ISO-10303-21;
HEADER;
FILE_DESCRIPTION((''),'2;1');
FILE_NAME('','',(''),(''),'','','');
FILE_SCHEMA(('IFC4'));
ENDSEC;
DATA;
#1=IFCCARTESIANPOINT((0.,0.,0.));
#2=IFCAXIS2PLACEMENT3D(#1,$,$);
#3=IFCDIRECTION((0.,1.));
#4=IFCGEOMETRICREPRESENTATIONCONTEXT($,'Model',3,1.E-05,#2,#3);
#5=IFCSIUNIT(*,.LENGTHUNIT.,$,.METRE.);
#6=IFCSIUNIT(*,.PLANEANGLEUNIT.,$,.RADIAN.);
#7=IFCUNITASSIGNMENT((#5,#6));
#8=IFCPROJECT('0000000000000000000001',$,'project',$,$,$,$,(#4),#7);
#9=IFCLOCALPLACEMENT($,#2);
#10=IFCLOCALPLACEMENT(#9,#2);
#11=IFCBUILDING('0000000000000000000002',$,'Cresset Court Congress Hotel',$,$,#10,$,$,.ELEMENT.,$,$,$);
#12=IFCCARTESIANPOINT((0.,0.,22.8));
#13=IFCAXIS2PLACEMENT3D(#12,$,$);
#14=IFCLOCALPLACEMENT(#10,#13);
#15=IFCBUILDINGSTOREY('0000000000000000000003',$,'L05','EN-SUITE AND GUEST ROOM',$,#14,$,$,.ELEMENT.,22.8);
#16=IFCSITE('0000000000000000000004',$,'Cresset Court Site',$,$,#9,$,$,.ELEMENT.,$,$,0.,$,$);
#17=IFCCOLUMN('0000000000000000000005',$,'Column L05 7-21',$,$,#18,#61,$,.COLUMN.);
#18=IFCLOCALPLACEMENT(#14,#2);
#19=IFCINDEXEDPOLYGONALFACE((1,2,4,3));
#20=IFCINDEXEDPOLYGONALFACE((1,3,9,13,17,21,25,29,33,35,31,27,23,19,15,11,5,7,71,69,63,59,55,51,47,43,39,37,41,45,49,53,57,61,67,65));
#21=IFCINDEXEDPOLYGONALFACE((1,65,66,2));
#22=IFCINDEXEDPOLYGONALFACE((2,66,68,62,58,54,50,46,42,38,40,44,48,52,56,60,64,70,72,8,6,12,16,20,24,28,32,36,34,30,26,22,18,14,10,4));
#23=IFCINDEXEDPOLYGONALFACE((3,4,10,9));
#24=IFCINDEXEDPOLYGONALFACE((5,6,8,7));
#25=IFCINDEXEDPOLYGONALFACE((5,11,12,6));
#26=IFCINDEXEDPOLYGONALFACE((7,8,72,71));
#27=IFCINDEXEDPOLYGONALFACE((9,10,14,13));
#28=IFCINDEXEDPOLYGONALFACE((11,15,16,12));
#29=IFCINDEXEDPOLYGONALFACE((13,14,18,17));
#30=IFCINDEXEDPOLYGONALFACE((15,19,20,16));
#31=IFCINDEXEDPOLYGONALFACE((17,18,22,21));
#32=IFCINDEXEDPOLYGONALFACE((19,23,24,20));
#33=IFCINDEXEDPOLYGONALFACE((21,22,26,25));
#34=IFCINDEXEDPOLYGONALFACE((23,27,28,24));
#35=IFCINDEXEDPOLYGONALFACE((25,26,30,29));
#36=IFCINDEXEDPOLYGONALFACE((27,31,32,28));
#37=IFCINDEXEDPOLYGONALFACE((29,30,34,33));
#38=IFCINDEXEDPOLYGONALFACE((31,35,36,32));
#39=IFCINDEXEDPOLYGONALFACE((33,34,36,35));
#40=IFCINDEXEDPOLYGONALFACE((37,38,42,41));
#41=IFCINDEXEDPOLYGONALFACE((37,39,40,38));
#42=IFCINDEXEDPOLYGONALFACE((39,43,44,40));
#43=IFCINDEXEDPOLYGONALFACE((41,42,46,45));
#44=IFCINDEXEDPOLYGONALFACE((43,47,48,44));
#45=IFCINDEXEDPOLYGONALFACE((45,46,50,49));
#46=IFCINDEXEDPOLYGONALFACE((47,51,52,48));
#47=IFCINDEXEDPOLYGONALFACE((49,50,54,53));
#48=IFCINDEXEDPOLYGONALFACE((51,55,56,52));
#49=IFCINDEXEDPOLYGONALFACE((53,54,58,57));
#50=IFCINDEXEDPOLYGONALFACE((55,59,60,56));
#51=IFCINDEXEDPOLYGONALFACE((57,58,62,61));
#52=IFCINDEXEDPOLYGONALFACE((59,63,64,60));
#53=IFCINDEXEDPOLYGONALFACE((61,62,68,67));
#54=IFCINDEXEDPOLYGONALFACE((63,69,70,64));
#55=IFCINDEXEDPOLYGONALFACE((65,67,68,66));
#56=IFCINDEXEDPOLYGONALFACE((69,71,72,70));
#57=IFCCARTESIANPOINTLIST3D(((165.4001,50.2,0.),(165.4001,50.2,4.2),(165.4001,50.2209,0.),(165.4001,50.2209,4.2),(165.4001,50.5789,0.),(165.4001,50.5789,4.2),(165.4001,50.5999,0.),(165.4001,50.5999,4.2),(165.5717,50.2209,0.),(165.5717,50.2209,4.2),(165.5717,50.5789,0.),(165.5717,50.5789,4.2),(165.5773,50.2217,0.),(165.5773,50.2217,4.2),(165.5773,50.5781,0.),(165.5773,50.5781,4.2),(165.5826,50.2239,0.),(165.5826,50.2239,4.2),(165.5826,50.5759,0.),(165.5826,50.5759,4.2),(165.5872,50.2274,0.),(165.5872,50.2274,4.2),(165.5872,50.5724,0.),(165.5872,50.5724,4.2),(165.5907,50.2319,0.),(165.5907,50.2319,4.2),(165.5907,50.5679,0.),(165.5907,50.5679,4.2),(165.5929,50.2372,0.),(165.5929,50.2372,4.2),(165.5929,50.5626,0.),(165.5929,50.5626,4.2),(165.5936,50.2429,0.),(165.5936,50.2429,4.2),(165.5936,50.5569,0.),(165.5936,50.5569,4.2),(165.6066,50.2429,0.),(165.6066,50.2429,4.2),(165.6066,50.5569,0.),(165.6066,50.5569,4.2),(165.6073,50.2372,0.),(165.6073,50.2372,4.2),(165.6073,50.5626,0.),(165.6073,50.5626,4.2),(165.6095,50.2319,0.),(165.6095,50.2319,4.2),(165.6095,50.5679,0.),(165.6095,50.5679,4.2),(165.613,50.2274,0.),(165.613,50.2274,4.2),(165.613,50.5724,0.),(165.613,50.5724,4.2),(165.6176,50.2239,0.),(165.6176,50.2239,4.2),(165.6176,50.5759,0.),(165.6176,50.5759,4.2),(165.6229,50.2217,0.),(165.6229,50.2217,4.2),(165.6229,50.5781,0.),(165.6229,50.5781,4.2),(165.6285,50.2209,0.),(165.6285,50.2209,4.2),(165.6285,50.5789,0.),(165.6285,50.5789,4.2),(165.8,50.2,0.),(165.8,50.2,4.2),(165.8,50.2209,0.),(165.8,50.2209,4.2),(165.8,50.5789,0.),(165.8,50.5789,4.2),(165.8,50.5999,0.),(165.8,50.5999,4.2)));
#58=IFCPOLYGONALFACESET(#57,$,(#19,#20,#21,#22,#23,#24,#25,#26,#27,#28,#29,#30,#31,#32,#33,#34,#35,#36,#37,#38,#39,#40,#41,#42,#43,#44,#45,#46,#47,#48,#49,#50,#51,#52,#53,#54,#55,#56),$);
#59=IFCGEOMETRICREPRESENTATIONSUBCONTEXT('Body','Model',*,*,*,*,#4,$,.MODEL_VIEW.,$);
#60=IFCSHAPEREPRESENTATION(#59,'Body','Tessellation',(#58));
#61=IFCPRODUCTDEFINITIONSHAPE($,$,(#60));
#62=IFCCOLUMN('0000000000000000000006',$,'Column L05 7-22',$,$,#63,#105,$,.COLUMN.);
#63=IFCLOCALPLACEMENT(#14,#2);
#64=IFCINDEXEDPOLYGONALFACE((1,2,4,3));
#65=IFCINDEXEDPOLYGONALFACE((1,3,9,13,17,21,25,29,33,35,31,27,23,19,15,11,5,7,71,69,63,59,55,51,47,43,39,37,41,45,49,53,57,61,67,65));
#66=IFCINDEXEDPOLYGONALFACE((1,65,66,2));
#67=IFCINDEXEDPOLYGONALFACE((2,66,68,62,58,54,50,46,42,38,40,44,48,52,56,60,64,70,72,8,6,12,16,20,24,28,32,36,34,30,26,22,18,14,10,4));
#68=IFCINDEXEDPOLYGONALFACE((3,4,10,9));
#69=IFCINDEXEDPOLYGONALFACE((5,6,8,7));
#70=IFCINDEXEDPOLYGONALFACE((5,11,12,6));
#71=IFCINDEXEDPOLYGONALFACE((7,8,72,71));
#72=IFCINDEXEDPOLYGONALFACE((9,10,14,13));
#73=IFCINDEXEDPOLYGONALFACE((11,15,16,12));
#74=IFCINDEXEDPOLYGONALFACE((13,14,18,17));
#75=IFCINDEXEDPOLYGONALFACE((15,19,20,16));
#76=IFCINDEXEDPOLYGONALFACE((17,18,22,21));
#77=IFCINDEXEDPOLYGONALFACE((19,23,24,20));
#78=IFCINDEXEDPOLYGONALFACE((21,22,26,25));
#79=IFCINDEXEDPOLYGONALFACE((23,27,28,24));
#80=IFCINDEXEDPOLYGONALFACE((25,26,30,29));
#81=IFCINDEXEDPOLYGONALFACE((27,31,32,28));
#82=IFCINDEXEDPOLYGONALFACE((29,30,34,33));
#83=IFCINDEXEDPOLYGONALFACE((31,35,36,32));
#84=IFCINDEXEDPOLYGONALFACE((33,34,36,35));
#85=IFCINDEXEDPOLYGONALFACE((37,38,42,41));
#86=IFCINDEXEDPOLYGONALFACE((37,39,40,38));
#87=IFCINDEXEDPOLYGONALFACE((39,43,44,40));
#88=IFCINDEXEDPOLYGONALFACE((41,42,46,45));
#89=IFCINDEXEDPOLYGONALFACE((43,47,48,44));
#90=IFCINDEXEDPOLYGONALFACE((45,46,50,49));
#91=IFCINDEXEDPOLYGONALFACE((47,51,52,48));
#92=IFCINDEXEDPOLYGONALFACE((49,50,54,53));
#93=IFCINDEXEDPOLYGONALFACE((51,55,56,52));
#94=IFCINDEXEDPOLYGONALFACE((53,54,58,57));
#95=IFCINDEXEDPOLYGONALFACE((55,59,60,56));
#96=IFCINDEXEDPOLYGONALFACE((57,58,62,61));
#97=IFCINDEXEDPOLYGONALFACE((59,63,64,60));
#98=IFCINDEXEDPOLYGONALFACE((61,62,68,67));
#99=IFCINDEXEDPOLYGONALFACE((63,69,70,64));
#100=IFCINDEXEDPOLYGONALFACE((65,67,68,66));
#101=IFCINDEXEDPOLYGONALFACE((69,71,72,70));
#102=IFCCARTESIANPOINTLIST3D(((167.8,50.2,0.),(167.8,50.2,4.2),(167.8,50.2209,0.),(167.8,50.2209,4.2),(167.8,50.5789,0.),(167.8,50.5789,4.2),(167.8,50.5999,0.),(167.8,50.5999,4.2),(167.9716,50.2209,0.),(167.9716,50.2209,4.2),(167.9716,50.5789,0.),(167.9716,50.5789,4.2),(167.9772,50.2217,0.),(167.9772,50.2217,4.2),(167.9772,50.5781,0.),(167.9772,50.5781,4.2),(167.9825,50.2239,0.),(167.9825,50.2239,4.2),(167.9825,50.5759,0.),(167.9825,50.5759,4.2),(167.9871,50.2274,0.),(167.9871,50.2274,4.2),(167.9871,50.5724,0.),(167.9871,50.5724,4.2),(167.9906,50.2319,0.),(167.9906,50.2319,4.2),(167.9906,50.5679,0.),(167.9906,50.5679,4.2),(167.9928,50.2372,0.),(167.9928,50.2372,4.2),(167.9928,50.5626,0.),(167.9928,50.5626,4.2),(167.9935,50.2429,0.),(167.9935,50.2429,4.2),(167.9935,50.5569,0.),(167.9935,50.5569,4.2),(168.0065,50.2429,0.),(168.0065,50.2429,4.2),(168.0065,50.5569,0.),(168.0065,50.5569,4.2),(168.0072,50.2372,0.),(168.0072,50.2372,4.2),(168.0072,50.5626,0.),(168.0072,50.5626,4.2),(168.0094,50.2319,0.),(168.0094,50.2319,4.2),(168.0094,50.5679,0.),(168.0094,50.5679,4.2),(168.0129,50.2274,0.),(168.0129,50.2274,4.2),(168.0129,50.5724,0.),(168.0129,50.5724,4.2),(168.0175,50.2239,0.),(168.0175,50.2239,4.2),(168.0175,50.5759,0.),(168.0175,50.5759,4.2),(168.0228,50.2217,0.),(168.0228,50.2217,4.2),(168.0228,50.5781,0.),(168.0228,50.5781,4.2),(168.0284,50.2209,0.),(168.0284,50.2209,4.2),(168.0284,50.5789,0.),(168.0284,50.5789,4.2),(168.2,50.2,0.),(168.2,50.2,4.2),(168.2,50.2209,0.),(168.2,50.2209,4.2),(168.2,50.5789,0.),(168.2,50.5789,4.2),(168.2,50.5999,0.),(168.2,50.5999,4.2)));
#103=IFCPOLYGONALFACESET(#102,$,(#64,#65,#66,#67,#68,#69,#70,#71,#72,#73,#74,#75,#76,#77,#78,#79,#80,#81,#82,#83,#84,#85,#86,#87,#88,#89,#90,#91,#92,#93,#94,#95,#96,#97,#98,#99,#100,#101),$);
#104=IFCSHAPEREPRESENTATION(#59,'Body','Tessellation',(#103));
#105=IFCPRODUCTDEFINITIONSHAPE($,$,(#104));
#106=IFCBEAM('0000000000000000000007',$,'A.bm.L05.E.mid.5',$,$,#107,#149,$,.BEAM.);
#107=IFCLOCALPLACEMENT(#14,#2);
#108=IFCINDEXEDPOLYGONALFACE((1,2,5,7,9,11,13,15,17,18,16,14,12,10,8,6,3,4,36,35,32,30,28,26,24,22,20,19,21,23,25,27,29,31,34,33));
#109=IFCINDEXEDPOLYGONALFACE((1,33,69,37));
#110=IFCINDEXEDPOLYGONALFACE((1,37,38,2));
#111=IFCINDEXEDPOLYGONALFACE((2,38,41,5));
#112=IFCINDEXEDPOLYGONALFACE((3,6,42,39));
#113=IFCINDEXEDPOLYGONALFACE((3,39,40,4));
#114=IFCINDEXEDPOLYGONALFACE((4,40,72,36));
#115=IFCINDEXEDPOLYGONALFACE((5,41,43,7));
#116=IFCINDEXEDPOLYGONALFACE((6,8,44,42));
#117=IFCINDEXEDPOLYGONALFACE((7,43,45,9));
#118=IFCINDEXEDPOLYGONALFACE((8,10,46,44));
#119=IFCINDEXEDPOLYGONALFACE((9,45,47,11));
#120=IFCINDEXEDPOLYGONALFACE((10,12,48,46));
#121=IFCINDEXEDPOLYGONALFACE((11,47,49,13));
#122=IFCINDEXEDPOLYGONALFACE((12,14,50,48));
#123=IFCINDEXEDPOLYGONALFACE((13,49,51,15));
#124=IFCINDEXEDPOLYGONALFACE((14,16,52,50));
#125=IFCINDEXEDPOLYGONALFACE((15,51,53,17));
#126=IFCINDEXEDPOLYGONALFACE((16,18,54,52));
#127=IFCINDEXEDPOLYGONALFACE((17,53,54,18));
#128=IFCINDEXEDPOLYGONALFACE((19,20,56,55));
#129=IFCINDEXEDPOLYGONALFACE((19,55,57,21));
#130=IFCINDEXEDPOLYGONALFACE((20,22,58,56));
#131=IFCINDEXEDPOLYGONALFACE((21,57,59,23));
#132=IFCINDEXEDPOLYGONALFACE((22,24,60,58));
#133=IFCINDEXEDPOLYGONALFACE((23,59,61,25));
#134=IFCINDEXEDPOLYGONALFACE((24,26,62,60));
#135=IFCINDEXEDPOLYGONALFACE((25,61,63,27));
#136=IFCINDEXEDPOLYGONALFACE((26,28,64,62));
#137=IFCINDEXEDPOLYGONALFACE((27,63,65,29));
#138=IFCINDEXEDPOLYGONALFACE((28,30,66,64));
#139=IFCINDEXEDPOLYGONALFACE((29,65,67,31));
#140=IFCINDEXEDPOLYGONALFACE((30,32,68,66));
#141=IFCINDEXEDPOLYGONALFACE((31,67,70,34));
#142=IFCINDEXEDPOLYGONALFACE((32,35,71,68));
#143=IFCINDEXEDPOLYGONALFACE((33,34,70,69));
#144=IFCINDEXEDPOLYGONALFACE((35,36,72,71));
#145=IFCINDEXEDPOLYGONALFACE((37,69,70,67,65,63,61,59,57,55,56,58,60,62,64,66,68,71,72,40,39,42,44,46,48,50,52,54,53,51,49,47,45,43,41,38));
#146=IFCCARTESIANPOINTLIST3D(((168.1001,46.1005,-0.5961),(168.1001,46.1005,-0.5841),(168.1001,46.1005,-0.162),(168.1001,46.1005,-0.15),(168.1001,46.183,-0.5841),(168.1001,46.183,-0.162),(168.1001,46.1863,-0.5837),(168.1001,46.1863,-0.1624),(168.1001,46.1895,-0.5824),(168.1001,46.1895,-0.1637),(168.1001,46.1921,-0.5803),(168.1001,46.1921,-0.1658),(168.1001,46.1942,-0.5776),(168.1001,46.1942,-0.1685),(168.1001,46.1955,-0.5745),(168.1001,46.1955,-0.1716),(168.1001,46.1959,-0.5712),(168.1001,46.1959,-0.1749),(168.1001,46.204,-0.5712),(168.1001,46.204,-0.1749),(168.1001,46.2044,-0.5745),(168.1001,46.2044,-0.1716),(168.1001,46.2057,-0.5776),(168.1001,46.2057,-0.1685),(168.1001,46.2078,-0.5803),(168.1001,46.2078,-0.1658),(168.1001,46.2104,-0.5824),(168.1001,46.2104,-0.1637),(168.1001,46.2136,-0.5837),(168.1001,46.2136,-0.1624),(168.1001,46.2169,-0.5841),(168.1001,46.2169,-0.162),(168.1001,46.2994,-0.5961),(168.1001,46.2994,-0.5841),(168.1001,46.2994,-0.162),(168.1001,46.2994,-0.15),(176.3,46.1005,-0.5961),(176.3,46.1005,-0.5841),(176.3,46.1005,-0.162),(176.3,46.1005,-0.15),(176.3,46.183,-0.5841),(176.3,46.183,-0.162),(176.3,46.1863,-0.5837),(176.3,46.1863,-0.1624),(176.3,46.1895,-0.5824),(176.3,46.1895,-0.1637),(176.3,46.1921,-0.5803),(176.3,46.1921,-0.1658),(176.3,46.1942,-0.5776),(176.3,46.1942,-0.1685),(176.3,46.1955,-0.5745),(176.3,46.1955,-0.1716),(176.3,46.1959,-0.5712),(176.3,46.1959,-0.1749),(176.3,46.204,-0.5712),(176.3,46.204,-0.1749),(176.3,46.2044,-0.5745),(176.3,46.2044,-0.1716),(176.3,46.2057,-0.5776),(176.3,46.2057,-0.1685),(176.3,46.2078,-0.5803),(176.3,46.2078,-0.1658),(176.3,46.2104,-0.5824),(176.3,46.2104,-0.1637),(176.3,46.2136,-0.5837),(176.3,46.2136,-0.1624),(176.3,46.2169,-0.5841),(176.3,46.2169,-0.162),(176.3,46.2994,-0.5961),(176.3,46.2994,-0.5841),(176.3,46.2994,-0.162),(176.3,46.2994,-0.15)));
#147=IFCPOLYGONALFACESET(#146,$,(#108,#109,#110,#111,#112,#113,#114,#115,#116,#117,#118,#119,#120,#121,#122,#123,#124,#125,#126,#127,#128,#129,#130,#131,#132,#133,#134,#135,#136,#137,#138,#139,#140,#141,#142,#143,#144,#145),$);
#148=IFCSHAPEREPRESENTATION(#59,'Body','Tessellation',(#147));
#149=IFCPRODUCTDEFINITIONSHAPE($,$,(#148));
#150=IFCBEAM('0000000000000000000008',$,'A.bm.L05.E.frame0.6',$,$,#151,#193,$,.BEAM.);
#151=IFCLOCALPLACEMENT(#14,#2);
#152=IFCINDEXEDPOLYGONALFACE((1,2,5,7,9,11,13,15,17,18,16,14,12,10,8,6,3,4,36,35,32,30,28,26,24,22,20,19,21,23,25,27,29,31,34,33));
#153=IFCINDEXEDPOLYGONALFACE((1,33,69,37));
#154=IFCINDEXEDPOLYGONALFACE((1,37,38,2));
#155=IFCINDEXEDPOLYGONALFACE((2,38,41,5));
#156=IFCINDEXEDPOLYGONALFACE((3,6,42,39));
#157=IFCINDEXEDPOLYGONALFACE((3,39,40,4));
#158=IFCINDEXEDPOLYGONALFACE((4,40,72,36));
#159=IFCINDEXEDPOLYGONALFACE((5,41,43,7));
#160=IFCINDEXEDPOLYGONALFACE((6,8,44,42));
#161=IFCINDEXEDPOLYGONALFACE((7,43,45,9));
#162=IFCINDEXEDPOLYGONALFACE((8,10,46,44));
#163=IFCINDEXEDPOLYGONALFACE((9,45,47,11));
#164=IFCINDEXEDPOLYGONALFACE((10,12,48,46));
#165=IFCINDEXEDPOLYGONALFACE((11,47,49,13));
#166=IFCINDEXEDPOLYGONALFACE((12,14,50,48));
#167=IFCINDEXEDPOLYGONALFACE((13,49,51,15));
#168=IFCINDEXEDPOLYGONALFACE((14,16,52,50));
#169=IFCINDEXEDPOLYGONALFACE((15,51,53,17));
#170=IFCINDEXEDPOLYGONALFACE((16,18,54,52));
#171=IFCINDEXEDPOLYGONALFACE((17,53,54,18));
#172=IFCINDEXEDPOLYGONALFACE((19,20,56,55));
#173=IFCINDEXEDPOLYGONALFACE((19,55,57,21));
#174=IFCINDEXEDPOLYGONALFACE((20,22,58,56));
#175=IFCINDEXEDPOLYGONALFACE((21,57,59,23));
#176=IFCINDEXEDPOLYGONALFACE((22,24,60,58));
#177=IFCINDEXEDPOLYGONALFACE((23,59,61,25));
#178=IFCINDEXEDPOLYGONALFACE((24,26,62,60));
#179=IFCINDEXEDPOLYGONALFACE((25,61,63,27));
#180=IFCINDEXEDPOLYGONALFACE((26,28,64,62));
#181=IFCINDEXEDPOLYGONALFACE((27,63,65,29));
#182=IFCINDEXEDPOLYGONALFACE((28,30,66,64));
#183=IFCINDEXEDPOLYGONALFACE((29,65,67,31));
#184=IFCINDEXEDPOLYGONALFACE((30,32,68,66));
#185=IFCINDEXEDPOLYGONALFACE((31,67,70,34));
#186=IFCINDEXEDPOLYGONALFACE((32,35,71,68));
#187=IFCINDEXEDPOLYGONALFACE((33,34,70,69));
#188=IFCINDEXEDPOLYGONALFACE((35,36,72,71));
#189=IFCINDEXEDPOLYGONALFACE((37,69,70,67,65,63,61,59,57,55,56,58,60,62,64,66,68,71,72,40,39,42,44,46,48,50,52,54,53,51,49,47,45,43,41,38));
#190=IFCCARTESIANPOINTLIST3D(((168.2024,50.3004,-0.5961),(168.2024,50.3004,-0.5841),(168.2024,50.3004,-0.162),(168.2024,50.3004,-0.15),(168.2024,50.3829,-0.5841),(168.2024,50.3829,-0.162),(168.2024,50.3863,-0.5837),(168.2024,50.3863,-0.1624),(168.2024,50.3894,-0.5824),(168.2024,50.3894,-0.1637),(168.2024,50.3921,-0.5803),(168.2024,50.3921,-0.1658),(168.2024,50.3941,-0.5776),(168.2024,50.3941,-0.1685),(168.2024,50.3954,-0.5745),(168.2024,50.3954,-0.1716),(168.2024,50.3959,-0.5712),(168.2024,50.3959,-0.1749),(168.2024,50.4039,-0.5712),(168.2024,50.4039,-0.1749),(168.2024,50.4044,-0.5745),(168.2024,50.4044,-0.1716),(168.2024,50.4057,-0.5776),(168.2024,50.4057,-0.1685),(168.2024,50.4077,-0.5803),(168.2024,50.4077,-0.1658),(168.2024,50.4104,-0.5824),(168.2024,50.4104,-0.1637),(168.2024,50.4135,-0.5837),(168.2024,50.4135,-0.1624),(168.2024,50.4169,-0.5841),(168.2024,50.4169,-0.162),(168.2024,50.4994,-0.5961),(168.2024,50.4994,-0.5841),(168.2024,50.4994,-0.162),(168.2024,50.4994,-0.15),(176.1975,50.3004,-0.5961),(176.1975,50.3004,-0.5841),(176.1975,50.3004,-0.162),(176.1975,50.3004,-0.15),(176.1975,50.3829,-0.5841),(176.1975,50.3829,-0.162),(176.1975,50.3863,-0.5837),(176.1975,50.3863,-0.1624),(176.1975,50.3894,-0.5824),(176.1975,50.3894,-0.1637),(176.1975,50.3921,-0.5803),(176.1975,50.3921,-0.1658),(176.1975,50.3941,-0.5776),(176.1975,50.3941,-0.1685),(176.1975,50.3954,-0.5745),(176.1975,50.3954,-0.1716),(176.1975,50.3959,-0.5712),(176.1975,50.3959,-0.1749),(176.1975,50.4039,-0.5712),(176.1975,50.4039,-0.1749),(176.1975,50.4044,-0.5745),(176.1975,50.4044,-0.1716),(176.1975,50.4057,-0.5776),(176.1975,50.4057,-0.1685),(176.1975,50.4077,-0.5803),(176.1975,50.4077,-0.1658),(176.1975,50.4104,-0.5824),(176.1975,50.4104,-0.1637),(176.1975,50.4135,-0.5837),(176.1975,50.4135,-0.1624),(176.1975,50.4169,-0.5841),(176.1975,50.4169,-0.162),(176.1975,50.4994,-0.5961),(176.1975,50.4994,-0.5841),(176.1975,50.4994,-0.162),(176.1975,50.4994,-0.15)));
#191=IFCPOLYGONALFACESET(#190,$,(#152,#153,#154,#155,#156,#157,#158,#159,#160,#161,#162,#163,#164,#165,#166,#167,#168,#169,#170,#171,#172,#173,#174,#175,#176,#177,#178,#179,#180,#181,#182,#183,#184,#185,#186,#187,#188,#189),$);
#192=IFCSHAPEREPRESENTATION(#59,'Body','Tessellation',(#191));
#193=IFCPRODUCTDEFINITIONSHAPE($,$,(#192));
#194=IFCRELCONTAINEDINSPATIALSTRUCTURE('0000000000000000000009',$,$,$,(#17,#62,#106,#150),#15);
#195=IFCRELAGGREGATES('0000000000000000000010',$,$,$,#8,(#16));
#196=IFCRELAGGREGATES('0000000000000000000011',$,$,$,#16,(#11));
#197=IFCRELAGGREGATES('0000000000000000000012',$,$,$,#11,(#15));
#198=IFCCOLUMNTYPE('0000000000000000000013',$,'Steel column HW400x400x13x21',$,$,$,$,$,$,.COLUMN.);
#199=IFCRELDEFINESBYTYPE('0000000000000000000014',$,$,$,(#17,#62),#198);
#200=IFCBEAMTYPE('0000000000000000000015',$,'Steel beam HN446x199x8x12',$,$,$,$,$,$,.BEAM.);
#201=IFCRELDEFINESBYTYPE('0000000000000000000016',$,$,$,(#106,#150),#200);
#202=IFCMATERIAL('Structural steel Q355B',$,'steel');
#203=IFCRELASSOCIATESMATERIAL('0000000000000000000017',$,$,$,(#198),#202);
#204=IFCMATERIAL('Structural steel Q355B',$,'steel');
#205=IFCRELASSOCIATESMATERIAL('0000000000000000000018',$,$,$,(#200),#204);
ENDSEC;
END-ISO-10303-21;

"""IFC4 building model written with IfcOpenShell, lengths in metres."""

from ifc_helpers import new_model, si_unit, direction, frame, origin, origin_2d, place, context, subcontext, project, spatial, i_section, extrude, material, material_profile, profile_set, type_object, element, save


model = new_model("IFC4")

# Units and contexts
model_context = context("Model", 3, precision=1e-05, world=origin(), true_north=direction((0.0, 1.0)))
body_context = subcontext(model_context, "Body", "Model", "MODEL_VIEW")
ifc_project = project(units=[si_unit("LENGTHUNIT", "METRE"), si_unit("PLANEANGLEUNIT", "RADIAN")], contexts=[model_context])

# Site, building, storey
site_placement = place(None, origin())
site = spatial("IfcSite", under=ifc_project, at=site_placement, Name="Cresset Court Site", CompositionType="ELEMENT", RefElevation=0.0)
building_placement = place(site_placement, origin())
building = spatial("IfcBuilding", under=site, at=building_placement, Name="Cresset Court Congress Hotel", CompositionType="ELEMENT")
storey_placement = place(building_placement, frame((0.0, 0.0, 22.8)))
storey = spatial("IfcBuildingStorey", under=building, at=storey_placement, Name="L05", Description="EN-SUITE AND GUEST ROOM", CompositionType="ELEMENT", Elevation=22.8)

# Columns
ifc_material_1 = material(Name="Structural steel Q355B", Category="steel")
ifc_material_profile_1 = material_profile(ifc_material_1, i_section(OverallWidth=0.3999, OverallDepth=0.3999, WebThickness=0.0129, FlangeThickness=0.021, FilletRadius=0.022, at=origin_2d()), Name="HW400x400x13x21")
ifc_profile_set_1 = profile_set([ifc_material_profile_1], Name="Structural steel Q355B")
column_type = type_object("IfcColumnType", Name="Steel column HW400x400x13x21", PredefinedType="COLUMN", material=ifc_profile_set_1)
for number, where, z_axis, x_axis, name in (
    (1, (165.6001, 50.3999, 0.0), (0.0, 0.0, 1.0), (1.0, 0.0, 0.0), "Column L05 7-21"),
    (2, (168.0, 50.3999, 0.0), (0.0, 0.0, 1.0), (1.0, 0.0, 0.0), "Column L05 7-22"),
):
    element("IfcColumn", number, at=place(storey_placement, frame(where, z_axis=z_axis, x_axis=x_axis)), inside=storey, type_object=column_type, Name=name, PredefinedType="COLUMN", context=body_context, shape_type="SweptSolid", body=[
        extrude(i_section(OverallWidth=0.3999, OverallDepth=0.3999, WebThickness=0.0129, FlangeThickness=0.021, FilletRadius=0.022, at=origin_2d()), origin(), (0.0, 0.0, 1.0), 4.2),
    ])

# Beams
ifc_material_2 = material(Name="Structural steel Q355B", Category="steel")
ifc_material_profile_2 = material_profile(ifc_material_2, i_section(OverallWidth=0.199, OverallDepth=0.446, WebThickness=0.0081, FlangeThickness=0.012, FilletRadius=0.0129, at=origin_2d()), Name="HN446x199x8x12")
ifc_profile_set_2 = profile_set([ifc_material_profile_2], Name="Structural steel Q355B")
beam_type_1 = type_object("IfcBeamType", Name="Steel beam HN446x199x8x12", PredefinedType="BEAM", material=ifc_profile_set_2)
beam_1_placement = place(storey_placement, frame((168.1001, 46.2, -0.373), z_axis=(1.0, 0.0, 0.0), x_axis=(0.0, 1.0, 0.0)))
element("IfcBeam", 3, at=beam_1_placement, inside=storey, type_object=beam_type_1, Name="A.bm.L05.E.mid.5", PredefinedType="BEAM", context=body_context, shape_type="SweptSolid", body=[
    extrude(i_section(OverallWidth=0.199, OverallDepth=0.446, WebThickness=0.0081, FlangeThickness=0.012, FilletRadius=0.0129, at=origin_2d()), origin(), (0.0, 0.0, 1.0), 8.2),
])
beam_2_placement = place(storey_placement, frame((168.2024, 50.3999, -0.373), z_axis=(1.0, 0.0, 0.0), x_axis=(0.0, 1.0, 0.0)))
element("IfcBeam", 4, at=beam_2_placement, inside=storey, type_object=beam_type_1, Name="A.bm.L05.E.frame0.6", PredefinedType="BEAM", context=body_context, shape_type="SweptSolid", body=[
    extrude(i_section(OverallWidth=0.199, OverallDepth=0.446, WebThickness=0.0081, FlangeThickness=0.012, FilletRadius=0.0129, at=origin_2d()), origin(), (0.0, 0.0, 1.0), 7.9951),
])

save(model, "model.ifc")
